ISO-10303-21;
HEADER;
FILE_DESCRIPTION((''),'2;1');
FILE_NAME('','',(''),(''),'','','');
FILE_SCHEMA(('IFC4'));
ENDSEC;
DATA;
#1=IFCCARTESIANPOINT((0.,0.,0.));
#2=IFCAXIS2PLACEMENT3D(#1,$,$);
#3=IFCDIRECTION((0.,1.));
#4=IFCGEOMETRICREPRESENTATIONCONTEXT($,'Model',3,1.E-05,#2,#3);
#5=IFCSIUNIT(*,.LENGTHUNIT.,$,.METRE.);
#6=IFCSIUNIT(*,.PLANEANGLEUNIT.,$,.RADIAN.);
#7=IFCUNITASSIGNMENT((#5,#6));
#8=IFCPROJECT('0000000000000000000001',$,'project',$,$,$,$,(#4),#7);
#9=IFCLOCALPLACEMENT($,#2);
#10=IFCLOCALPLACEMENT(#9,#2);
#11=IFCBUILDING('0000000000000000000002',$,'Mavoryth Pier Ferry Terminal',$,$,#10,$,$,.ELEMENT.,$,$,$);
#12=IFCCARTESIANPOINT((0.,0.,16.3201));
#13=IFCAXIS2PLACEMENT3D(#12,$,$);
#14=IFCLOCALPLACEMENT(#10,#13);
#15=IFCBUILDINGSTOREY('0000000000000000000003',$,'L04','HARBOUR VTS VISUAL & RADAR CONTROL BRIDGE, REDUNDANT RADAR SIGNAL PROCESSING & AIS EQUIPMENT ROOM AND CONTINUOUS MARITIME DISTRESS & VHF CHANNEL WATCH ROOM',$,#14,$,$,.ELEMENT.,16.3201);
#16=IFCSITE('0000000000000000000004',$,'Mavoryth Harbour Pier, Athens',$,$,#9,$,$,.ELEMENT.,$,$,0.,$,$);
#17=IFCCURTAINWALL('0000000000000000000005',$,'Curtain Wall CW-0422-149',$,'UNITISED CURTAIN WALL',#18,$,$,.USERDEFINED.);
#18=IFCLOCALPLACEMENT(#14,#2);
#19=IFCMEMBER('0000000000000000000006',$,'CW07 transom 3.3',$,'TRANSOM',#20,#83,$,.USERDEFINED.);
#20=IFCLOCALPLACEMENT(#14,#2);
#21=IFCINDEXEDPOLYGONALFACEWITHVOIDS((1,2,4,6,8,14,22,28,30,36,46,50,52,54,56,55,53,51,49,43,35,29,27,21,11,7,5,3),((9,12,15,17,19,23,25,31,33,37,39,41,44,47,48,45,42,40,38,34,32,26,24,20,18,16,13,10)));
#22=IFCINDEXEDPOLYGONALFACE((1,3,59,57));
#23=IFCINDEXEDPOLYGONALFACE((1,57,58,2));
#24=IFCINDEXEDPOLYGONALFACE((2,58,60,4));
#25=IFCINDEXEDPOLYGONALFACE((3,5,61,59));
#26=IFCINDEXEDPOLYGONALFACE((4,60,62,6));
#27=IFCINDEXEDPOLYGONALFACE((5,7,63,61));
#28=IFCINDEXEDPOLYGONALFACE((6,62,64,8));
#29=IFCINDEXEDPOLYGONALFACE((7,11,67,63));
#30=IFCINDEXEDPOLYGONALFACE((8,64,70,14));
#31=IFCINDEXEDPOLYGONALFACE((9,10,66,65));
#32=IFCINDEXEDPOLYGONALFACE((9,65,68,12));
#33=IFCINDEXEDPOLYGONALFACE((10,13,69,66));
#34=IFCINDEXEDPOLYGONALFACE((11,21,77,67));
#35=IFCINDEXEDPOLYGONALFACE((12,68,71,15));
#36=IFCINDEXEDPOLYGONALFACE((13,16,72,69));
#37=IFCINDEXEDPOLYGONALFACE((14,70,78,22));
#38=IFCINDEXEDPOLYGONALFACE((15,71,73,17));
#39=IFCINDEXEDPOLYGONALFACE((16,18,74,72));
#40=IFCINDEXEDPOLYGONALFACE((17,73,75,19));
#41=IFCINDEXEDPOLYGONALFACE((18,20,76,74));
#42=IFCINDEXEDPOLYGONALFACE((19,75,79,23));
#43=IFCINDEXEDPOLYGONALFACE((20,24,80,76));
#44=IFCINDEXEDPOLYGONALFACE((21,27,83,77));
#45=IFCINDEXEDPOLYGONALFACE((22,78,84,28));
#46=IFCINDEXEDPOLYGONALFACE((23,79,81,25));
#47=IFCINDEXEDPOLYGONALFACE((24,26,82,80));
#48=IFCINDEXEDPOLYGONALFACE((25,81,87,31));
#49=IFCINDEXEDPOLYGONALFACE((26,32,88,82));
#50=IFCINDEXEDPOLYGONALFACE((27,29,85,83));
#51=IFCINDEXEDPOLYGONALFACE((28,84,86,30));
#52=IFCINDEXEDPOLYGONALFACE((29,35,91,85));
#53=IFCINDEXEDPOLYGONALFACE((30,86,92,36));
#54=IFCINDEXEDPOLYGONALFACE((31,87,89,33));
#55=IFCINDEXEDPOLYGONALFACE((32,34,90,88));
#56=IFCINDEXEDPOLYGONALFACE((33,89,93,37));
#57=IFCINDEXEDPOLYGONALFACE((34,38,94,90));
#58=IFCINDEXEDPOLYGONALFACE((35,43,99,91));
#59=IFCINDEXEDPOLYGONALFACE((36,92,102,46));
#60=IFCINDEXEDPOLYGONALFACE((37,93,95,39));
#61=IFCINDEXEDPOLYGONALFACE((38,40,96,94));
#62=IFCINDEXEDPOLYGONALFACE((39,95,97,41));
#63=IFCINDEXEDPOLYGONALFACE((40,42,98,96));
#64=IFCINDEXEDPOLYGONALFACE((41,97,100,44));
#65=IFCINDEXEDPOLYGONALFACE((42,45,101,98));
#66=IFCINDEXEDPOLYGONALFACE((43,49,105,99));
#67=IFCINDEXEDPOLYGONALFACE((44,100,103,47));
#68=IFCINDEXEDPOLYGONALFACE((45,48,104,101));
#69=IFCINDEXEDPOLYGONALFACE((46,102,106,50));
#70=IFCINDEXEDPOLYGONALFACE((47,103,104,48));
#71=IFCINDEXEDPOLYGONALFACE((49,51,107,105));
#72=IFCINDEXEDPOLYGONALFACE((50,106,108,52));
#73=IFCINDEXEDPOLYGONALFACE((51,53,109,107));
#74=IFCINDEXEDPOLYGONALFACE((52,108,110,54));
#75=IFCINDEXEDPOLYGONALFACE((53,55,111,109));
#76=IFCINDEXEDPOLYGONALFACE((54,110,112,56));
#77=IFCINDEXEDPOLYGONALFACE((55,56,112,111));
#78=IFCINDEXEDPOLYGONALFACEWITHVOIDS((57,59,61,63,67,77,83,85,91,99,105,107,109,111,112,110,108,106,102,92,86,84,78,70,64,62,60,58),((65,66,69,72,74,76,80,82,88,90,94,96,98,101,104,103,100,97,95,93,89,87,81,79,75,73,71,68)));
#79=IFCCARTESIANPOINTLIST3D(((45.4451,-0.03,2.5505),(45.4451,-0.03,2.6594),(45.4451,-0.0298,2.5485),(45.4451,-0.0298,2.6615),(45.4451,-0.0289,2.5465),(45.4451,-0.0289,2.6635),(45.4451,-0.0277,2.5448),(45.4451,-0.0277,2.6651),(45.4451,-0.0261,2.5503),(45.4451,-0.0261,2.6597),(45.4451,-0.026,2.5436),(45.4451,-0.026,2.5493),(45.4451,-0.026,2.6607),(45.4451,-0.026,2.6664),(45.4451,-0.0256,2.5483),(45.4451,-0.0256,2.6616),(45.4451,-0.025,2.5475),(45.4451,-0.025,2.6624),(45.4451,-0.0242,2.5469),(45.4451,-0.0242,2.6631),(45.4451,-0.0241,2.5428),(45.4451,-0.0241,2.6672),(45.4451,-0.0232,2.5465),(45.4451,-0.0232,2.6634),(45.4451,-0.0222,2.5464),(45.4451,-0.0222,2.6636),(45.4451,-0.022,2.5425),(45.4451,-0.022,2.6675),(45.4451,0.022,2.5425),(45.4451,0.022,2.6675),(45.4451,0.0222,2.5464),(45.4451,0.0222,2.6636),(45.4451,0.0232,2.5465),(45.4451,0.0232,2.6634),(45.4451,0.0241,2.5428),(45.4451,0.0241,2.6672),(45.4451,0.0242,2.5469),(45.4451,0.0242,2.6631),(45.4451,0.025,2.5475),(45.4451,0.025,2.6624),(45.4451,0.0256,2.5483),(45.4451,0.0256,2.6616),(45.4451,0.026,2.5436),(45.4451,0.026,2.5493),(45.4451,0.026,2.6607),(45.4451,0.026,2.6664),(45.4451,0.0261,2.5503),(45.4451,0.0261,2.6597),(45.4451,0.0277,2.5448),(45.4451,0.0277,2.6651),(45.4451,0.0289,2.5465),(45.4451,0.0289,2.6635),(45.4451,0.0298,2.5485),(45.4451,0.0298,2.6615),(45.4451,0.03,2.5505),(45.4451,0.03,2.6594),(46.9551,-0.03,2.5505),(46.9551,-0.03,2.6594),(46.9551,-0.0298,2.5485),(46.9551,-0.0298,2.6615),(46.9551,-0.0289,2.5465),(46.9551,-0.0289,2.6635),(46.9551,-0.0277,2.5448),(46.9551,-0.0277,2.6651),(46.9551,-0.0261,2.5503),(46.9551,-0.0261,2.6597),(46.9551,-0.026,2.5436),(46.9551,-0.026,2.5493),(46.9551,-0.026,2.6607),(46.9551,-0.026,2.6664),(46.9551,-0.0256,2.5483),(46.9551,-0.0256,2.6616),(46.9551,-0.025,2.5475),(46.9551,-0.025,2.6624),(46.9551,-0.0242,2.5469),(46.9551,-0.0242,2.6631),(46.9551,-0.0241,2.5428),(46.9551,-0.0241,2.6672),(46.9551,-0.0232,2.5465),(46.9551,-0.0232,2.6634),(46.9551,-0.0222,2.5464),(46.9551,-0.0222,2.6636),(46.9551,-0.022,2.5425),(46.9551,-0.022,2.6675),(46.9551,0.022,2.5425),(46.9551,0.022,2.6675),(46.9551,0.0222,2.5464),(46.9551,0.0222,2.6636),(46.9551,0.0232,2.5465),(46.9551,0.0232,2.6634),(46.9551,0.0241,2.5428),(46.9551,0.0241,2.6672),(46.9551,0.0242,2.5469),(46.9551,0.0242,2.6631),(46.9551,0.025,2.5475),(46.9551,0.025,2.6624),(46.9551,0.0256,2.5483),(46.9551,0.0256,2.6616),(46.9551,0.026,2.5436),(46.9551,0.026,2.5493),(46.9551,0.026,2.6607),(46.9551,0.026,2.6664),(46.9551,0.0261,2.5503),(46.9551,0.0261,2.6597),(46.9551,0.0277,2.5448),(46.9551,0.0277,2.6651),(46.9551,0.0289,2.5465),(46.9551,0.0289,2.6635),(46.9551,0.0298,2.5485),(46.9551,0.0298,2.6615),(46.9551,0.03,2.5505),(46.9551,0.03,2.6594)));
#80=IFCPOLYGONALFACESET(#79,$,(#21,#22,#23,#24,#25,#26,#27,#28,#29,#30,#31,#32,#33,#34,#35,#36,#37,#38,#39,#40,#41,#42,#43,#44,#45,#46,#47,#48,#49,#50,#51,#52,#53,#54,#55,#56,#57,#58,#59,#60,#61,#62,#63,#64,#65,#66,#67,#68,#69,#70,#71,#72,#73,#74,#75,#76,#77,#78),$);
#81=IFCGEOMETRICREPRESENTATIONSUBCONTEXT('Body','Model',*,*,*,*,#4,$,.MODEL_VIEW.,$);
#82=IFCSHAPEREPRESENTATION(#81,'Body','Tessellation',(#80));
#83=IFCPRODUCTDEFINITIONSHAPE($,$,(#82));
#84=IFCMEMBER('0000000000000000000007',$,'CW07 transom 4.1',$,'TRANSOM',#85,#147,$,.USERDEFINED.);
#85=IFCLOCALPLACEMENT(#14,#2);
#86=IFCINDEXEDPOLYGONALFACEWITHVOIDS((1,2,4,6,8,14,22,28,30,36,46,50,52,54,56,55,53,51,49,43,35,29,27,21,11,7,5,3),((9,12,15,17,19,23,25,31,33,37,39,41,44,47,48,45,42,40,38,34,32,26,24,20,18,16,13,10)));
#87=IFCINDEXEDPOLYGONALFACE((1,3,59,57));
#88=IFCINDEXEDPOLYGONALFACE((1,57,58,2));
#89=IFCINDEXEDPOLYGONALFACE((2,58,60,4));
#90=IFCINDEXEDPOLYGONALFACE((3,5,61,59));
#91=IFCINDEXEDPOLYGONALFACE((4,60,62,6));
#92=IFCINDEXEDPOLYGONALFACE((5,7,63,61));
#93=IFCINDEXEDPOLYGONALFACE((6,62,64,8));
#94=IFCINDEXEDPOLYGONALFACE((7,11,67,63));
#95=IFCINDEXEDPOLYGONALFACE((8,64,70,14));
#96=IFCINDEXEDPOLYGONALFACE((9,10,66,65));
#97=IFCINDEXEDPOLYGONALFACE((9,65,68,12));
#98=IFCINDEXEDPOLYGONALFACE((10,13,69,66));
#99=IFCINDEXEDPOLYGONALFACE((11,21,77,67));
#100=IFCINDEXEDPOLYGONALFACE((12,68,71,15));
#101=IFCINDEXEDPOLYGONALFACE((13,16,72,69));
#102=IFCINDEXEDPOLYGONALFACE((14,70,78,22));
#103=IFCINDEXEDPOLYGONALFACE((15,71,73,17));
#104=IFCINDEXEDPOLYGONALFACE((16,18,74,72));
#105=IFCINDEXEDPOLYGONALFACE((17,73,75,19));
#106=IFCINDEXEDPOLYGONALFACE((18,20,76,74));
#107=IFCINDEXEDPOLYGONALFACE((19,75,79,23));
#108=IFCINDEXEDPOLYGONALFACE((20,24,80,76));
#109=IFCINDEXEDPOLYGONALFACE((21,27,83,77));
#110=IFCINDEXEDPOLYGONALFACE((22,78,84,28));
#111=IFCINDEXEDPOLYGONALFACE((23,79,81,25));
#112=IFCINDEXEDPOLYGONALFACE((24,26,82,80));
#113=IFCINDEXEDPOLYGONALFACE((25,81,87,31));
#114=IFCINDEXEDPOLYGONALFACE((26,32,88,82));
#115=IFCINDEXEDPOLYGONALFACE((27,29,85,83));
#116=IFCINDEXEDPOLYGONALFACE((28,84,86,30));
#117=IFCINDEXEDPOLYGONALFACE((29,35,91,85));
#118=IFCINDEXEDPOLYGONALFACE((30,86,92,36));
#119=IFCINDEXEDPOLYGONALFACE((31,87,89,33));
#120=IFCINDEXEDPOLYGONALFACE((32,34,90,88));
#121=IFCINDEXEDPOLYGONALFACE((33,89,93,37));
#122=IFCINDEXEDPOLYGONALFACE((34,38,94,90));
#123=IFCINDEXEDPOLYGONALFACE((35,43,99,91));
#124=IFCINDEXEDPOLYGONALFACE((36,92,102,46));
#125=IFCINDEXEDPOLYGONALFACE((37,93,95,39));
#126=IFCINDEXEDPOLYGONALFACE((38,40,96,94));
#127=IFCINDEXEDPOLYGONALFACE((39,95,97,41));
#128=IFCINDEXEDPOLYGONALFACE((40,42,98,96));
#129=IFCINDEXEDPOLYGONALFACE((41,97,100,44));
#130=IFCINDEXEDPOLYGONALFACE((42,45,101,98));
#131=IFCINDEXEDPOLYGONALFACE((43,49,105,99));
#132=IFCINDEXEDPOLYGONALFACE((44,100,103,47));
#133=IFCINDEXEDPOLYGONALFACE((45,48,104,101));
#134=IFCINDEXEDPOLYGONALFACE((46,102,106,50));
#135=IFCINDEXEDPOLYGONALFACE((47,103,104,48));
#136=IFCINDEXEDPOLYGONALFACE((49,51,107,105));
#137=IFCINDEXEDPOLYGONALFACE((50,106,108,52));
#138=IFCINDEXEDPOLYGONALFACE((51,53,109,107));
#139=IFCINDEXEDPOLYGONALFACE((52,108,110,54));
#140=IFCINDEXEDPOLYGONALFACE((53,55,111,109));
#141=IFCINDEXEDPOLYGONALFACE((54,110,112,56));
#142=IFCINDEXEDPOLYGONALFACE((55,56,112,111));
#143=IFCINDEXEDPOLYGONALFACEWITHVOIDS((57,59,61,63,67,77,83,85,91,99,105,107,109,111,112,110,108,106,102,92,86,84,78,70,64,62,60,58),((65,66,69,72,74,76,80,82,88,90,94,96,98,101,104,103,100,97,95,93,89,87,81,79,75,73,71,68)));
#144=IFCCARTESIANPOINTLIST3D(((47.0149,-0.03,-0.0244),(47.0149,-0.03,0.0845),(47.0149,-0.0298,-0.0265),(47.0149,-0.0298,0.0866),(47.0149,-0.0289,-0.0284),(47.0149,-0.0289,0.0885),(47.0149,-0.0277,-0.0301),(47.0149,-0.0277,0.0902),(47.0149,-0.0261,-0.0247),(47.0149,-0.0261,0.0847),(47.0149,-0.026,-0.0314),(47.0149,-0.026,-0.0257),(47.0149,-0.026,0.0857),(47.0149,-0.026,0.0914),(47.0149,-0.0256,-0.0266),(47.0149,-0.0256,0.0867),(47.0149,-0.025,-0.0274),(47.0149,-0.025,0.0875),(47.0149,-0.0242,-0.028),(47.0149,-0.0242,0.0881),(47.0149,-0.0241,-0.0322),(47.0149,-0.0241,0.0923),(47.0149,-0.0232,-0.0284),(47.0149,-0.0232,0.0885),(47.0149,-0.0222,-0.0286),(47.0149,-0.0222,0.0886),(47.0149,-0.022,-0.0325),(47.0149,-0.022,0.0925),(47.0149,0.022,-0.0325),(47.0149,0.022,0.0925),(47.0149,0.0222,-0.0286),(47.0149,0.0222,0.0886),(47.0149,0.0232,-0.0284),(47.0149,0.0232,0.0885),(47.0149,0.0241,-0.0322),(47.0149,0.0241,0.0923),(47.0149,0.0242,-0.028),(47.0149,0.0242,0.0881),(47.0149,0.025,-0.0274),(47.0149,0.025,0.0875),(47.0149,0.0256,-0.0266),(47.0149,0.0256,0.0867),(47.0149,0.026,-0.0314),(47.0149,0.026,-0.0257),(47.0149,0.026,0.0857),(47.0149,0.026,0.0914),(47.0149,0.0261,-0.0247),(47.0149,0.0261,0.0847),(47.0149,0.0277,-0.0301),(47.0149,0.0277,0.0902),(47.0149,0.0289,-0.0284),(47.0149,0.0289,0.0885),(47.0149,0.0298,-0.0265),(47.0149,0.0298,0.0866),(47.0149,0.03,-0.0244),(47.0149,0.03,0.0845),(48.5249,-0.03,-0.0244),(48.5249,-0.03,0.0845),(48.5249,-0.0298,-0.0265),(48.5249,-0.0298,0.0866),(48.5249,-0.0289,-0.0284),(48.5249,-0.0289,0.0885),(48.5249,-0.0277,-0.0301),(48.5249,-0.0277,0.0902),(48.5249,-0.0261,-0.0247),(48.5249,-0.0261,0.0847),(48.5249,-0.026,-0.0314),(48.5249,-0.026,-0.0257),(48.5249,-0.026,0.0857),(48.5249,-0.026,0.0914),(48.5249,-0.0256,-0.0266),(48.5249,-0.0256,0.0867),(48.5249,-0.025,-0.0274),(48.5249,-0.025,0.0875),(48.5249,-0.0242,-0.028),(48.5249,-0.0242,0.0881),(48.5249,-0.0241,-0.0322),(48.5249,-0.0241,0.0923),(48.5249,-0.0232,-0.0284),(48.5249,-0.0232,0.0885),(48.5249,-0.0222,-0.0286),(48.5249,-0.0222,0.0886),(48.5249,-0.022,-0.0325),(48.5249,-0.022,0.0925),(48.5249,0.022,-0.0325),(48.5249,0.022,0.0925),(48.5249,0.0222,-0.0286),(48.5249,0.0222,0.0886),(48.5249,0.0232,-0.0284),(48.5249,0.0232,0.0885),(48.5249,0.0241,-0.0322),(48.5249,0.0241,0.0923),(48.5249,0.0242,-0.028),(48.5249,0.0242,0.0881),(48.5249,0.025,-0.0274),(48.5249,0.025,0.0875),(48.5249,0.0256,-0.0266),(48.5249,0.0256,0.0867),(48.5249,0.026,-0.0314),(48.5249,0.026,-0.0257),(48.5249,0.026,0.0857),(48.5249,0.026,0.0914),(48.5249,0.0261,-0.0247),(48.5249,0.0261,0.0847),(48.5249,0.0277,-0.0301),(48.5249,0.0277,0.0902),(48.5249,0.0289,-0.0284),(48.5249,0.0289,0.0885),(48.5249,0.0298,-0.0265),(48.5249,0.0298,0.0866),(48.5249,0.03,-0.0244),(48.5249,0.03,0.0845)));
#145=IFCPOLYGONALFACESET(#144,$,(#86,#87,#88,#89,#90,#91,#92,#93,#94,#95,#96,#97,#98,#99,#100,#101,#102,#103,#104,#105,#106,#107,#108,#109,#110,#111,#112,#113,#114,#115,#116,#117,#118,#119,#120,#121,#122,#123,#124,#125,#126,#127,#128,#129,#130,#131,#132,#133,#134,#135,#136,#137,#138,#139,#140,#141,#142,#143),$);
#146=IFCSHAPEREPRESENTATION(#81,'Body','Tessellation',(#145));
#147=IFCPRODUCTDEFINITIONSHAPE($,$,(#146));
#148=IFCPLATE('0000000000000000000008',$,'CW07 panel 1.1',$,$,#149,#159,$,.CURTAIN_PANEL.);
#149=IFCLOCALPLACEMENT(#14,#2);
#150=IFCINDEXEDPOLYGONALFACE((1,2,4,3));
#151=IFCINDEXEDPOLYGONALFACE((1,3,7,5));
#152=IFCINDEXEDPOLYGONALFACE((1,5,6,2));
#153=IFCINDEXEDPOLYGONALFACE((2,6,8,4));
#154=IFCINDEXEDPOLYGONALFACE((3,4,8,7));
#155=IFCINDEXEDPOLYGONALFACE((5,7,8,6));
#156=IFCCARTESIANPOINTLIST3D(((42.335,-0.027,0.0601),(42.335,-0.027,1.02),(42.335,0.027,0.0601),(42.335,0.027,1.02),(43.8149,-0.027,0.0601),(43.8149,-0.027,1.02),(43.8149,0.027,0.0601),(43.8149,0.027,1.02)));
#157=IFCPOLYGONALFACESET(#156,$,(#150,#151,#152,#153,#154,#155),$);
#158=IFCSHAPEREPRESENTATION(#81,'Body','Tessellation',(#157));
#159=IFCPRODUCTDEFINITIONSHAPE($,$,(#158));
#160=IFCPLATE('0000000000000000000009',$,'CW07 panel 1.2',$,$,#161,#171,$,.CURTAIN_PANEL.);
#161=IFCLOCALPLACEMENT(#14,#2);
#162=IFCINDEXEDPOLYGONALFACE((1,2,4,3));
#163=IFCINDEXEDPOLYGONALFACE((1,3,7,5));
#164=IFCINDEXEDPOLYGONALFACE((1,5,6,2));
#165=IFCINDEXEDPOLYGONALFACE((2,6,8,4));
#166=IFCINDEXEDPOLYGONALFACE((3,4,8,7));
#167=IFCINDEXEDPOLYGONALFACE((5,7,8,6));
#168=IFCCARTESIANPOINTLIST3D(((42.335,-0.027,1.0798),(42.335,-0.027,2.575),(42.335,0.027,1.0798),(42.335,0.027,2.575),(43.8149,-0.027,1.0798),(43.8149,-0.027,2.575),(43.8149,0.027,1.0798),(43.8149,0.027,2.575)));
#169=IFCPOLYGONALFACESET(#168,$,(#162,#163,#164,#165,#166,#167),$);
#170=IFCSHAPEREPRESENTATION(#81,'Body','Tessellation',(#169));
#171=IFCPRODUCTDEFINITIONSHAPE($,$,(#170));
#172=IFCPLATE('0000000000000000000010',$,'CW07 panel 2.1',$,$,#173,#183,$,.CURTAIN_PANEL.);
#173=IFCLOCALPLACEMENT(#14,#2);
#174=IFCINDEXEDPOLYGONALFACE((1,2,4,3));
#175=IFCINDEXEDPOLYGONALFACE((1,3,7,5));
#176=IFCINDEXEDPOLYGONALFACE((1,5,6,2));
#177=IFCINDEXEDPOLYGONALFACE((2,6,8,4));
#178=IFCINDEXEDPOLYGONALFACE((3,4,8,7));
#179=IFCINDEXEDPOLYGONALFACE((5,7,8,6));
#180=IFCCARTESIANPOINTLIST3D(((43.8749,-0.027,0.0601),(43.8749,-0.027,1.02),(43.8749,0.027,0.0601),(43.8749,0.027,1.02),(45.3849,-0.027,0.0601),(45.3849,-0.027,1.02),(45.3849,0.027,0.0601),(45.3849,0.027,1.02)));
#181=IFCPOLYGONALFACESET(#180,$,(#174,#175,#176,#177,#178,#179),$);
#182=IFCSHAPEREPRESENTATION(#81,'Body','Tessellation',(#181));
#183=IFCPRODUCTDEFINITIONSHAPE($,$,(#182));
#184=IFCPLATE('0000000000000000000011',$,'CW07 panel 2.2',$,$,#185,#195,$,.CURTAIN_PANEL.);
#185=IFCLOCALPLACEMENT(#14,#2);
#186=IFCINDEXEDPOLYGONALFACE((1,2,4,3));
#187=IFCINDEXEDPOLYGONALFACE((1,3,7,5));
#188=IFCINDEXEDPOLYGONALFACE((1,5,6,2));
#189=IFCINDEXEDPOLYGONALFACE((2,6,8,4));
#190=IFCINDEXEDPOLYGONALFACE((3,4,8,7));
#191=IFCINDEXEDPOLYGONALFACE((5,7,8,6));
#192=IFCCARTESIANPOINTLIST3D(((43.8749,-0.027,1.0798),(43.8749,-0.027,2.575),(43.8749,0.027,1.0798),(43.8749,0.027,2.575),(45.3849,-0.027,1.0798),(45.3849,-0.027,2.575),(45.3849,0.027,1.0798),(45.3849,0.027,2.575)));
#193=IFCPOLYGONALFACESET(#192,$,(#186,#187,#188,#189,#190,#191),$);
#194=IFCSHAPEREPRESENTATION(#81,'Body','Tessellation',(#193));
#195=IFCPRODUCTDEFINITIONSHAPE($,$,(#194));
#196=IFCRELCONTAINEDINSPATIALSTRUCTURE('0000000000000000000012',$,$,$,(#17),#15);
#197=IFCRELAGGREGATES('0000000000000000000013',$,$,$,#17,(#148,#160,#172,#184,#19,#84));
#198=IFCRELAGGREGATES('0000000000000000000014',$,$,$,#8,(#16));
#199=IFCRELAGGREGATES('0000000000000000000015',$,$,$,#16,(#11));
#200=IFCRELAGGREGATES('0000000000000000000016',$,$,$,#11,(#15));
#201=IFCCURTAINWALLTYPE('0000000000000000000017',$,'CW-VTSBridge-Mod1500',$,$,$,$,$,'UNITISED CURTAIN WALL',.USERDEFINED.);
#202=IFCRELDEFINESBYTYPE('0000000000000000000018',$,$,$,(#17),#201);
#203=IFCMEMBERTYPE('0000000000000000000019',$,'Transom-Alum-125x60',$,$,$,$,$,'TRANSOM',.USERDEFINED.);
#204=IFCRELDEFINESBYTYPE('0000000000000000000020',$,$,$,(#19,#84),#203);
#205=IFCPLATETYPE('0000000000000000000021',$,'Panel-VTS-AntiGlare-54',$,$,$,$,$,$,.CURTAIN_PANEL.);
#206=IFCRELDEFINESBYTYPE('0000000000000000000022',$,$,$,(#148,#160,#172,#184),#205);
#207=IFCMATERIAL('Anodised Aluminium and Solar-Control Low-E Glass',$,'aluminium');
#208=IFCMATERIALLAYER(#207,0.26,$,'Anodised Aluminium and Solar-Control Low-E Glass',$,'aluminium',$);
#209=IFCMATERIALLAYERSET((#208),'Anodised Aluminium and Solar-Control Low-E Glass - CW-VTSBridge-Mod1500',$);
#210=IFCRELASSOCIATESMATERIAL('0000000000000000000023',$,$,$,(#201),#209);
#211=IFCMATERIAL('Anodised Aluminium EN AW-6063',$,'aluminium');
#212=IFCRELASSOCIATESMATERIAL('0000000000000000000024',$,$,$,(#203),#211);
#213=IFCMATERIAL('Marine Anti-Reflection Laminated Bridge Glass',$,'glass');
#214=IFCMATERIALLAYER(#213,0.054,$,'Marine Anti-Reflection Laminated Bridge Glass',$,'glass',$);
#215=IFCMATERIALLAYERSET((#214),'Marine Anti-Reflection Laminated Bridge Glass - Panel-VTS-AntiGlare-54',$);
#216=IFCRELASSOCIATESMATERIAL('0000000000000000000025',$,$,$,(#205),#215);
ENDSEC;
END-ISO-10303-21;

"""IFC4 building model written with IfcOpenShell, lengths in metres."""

from ifc_helpers import new_model, si_unit, direction, frame, origin, origin_2d, place, context, subcontext, project, spatial, rectangle, hollow_rectangle, extrude, material, layer, layer_set, material_profile, profile_set, type_object, element, aggregate, save


model = new_model("IFC4")

# Units and contexts
model_context = context("Model", 3, precision=1e-05, world=origin(), true_north=direction((0.0, 1.0)))
body_context = subcontext(model_context, "Body", "Model", "MODEL_VIEW")
ifc_project = project(units=[si_unit("LENGTHUNIT", "METRE"), si_unit("PLANEANGLEUNIT", "RADIAN")], contexts=[model_context])

# Site, building, storey
site_placement = place(None, origin())
site = spatial("IfcSite", under=ifc_project, at=site_placement, Name="Mavoryth Harbour Pier, Athens", CompositionType="ELEMENT", RefElevation=0.0)
building_placement = place(site_placement, origin())
building = spatial("IfcBuilding", under=site, at=building_placement, Name="Mavoryth Pier Ferry Terminal", CompositionType="ELEMENT")
storey_placement = place(building_placement, frame((0.0, 0.0, 16.3201)))
storey = spatial("IfcBuildingStorey", under=building, at=storey_placement, Name="L04", Description="HARBOUR VTS VISUAL & RADAR CONTROL BRIDGE, REDUNDANT RADAR SIGNAL PROCESSING & AIS EQUIPMENT ROOM AND CONTINUOUS MARITIME DISTRESS & VHF CHANNEL WATCH ROOM", CompositionType="ELEMENT", Elevation=16.3201)

# Curtain wall
ifc_material_1 = material(Name="Anodised Aluminium and Solar-Control Low-E Glass", Category="aluminium")
ifc_layer_1 = layer(ifc_material_1, 0.26, Name="Anodised Aluminium and Solar-Control Low-E Glass", Category="aluminium")
ifc_layer_set_1 = layer_set([ifc_layer_1], Name="Anodised Aluminium and Solar-Control Low-E Glass - CW-VTSBridge-Mod1500")
curtain_wall_type = type_object("IfcCurtainWallType", Name="CW-VTSBridge-Mod1500", ElementType="UNITISED CURTAIN WALL", PredefinedType="USERDEFINED", material=ifc_layer_set_1)
curtain_wall_placement = place(storey_placement, origin())
curtain_wall = element("IfcCurtainWall", 1, at=curtain_wall_placement, inside=storey, type_object=curtain_wall_type, Name="Curtain Wall CW-0422-149", ObjectType="UNITISED CURTAIN WALL", PredefinedType="USERDEFINED")
ifc_material_2 = material(Name="Anodised Aluminium EN AW-6063", Category="aluminium")

# Members
ifc_material_profile_1 = material_profile(ifc_material_2, hollow_rectangle(XDim=0.0601, YDim=0.125, WallThickness=0.0039, InnerFilletRadius=0.0039, OuterFilletRadius=0.0081, at=origin_2d()), Name="AL-TRAN 125x60x4", Category="aluminium")
ifc_profile_set_1 = profile_set([ifc_material_profile_1], Name="Anodised Aluminium EN AW-6063 - AL-TRAN 125x60x4")
member_type_1 = type_object("IfcMemberType", Name="Transom-Alum-125x60", ElementType="TRANSOM", PredefinedType="USERDEFINED", material=ifc_profile_set_1)
member_1_placement = place(storey_placement, frame((45.4451, 0.0, 2.605), z_axis=(1.0, 0.0, 0.0), x_axis=(0.0, 1.0, 0.0)))
member_1 = element("IfcMember", 2, at=member_1_placement, type_object=member_type_1, Name="CW07 transom 3.3", ObjectType="TRANSOM", PredefinedType="USERDEFINED", context=body_context, shape_type="SweptSolid", body=[
    extrude(hollow_rectangle(XDim=0.0601, YDim=0.125, WallThickness=0.0039, InnerFilletRadius=0.0039, OuterFilletRadius=0.0081, at=origin_2d()), origin(), (0.0, 0.0, 1.0), 1.51),
])
member_2_placement = place(storey_placement, frame((47.0149, 0.0, 0.03), z_axis=(1.0, 0.0, 0.0), x_axis=(0.0, 1.0, 0.0)))
member_2 = element("IfcMember", 3, at=member_2_placement, type_object=member_type_1, Name="CW07 transom 4.1", ObjectType="TRANSOM", PredefinedType="USERDEFINED", context=body_context, shape_type="SweptSolid", body=[
    extrude(hollow_rectangle(XDim=0.0601, YDim=0.125, WallThickness=0.0039, InnerFilletRadius=0.0039, OuterFilletRadius=0.0081, at=origin_2d()), origin(), (0.0, 0.0, 1.0), 1.51),
])

# Plates
ifc_material_3 = material(Name="Marine Anti-Reflection Laminated Bridge Glass", Category="glass")
ifc_layer_2 = layer(ifc_material_3, 0.054, Name="Marine Anti-Reflection Laminated Bridge Glass", Category="glass")
ifc_layer_set_2 = layer_set([ifc_layer_2], Name="Marine Anti-Reflection Laminated Bridge Glass - Panel-VTS-AntiGlare-54")
plate_type = type_object("IfcPlateType", Name="Panel-VTS-AntiGlare-54", PredefinedType="CURTAIN_PANEL", material=ifc_layer_set_2)
plate_1_placement = place(storey_placement, frame((43.075, 0.0, 0.0601), z_axis=(0.0, 0.0, 1.0), x_axis=(1.0, 0.0, 0.0)))
plate_1 = element("IfcPlate", 4, at=plate_1_placement, type_object=plate_type, Name="CW07 panel 1.1", PredefinedType="CURTAIN_PANEL", context=body_context, shape_type="SweptSolid", body=[
    extrude(rectangle(XDim=1.48, YDim=0.054, at=origin_2d()), origin(), (0.0, 0.0, 1.0), 0.96),
])
plate_2_placement = place(storey_placement, frame((43.075, 0.0, 1.0798), z_axis=(0.0, 0.0, 1.0), x_axis=(1.0, 0.0, 0.0)))
plate_2 = element("IfcPlate", 5, at=plate_2_placement, type_object=plate_type, Name="CW07 panel 1.2", PredefinedType="CURTAIN_PANEL", context=body_context, shape_type="SweptSolid", body=[
    extrude(rectangle(XDim=1.48, YDim=0.054, at=origin_2d()), origin(), (0.0, 0.0, 1.0), 1.4951),
])
plate_3_placement = place(storey_placement, frame((44.6299, 0.0, 0.0601), z_axis=(0.0, 0.0, 1.0), x_axis=(1.0, 0.0, 0.0)))
plate_3 = element("IfcPlate", 6, at=plate_3_placement, type_object=plate_type, Name="CW07 panel 2.1", PredefinedType="CURTAIN_PANEL", context=body_context, shape_type="SweptSolid", body=[
    extrude(rectangle(XDim=1.51, YDim=0.054, at=origin_2d()), origin(), (0.0, 0.0, 1.0), 0.96),
])
plate_4_placement = place(storey_placement, frame((44.6299, 0.0, 1.0798), z_axis=(0.0, 0.0, 1.0), x_axis=(1.0, 0.0, 0.0)))
plate_4 = element("IfcPlate", 7, at=plate_4_placement, type_object=plate_type, Name="CW07 panel 2.2", PredefinedType="CURTAIN_PANEL", context=body_context, shape_type="SweptSolid", body=[
    extrude(rectangle(XDim=1.51, YDim=0.054, at=origin_2d()), origin(), (0.0, 0.0, 1.0), 1.4951),
])
aggregate(curtain_wall, [plate_1, plate_2, plate_3, plate_4, member_1, member_2])

save(model, "model.ifc")
